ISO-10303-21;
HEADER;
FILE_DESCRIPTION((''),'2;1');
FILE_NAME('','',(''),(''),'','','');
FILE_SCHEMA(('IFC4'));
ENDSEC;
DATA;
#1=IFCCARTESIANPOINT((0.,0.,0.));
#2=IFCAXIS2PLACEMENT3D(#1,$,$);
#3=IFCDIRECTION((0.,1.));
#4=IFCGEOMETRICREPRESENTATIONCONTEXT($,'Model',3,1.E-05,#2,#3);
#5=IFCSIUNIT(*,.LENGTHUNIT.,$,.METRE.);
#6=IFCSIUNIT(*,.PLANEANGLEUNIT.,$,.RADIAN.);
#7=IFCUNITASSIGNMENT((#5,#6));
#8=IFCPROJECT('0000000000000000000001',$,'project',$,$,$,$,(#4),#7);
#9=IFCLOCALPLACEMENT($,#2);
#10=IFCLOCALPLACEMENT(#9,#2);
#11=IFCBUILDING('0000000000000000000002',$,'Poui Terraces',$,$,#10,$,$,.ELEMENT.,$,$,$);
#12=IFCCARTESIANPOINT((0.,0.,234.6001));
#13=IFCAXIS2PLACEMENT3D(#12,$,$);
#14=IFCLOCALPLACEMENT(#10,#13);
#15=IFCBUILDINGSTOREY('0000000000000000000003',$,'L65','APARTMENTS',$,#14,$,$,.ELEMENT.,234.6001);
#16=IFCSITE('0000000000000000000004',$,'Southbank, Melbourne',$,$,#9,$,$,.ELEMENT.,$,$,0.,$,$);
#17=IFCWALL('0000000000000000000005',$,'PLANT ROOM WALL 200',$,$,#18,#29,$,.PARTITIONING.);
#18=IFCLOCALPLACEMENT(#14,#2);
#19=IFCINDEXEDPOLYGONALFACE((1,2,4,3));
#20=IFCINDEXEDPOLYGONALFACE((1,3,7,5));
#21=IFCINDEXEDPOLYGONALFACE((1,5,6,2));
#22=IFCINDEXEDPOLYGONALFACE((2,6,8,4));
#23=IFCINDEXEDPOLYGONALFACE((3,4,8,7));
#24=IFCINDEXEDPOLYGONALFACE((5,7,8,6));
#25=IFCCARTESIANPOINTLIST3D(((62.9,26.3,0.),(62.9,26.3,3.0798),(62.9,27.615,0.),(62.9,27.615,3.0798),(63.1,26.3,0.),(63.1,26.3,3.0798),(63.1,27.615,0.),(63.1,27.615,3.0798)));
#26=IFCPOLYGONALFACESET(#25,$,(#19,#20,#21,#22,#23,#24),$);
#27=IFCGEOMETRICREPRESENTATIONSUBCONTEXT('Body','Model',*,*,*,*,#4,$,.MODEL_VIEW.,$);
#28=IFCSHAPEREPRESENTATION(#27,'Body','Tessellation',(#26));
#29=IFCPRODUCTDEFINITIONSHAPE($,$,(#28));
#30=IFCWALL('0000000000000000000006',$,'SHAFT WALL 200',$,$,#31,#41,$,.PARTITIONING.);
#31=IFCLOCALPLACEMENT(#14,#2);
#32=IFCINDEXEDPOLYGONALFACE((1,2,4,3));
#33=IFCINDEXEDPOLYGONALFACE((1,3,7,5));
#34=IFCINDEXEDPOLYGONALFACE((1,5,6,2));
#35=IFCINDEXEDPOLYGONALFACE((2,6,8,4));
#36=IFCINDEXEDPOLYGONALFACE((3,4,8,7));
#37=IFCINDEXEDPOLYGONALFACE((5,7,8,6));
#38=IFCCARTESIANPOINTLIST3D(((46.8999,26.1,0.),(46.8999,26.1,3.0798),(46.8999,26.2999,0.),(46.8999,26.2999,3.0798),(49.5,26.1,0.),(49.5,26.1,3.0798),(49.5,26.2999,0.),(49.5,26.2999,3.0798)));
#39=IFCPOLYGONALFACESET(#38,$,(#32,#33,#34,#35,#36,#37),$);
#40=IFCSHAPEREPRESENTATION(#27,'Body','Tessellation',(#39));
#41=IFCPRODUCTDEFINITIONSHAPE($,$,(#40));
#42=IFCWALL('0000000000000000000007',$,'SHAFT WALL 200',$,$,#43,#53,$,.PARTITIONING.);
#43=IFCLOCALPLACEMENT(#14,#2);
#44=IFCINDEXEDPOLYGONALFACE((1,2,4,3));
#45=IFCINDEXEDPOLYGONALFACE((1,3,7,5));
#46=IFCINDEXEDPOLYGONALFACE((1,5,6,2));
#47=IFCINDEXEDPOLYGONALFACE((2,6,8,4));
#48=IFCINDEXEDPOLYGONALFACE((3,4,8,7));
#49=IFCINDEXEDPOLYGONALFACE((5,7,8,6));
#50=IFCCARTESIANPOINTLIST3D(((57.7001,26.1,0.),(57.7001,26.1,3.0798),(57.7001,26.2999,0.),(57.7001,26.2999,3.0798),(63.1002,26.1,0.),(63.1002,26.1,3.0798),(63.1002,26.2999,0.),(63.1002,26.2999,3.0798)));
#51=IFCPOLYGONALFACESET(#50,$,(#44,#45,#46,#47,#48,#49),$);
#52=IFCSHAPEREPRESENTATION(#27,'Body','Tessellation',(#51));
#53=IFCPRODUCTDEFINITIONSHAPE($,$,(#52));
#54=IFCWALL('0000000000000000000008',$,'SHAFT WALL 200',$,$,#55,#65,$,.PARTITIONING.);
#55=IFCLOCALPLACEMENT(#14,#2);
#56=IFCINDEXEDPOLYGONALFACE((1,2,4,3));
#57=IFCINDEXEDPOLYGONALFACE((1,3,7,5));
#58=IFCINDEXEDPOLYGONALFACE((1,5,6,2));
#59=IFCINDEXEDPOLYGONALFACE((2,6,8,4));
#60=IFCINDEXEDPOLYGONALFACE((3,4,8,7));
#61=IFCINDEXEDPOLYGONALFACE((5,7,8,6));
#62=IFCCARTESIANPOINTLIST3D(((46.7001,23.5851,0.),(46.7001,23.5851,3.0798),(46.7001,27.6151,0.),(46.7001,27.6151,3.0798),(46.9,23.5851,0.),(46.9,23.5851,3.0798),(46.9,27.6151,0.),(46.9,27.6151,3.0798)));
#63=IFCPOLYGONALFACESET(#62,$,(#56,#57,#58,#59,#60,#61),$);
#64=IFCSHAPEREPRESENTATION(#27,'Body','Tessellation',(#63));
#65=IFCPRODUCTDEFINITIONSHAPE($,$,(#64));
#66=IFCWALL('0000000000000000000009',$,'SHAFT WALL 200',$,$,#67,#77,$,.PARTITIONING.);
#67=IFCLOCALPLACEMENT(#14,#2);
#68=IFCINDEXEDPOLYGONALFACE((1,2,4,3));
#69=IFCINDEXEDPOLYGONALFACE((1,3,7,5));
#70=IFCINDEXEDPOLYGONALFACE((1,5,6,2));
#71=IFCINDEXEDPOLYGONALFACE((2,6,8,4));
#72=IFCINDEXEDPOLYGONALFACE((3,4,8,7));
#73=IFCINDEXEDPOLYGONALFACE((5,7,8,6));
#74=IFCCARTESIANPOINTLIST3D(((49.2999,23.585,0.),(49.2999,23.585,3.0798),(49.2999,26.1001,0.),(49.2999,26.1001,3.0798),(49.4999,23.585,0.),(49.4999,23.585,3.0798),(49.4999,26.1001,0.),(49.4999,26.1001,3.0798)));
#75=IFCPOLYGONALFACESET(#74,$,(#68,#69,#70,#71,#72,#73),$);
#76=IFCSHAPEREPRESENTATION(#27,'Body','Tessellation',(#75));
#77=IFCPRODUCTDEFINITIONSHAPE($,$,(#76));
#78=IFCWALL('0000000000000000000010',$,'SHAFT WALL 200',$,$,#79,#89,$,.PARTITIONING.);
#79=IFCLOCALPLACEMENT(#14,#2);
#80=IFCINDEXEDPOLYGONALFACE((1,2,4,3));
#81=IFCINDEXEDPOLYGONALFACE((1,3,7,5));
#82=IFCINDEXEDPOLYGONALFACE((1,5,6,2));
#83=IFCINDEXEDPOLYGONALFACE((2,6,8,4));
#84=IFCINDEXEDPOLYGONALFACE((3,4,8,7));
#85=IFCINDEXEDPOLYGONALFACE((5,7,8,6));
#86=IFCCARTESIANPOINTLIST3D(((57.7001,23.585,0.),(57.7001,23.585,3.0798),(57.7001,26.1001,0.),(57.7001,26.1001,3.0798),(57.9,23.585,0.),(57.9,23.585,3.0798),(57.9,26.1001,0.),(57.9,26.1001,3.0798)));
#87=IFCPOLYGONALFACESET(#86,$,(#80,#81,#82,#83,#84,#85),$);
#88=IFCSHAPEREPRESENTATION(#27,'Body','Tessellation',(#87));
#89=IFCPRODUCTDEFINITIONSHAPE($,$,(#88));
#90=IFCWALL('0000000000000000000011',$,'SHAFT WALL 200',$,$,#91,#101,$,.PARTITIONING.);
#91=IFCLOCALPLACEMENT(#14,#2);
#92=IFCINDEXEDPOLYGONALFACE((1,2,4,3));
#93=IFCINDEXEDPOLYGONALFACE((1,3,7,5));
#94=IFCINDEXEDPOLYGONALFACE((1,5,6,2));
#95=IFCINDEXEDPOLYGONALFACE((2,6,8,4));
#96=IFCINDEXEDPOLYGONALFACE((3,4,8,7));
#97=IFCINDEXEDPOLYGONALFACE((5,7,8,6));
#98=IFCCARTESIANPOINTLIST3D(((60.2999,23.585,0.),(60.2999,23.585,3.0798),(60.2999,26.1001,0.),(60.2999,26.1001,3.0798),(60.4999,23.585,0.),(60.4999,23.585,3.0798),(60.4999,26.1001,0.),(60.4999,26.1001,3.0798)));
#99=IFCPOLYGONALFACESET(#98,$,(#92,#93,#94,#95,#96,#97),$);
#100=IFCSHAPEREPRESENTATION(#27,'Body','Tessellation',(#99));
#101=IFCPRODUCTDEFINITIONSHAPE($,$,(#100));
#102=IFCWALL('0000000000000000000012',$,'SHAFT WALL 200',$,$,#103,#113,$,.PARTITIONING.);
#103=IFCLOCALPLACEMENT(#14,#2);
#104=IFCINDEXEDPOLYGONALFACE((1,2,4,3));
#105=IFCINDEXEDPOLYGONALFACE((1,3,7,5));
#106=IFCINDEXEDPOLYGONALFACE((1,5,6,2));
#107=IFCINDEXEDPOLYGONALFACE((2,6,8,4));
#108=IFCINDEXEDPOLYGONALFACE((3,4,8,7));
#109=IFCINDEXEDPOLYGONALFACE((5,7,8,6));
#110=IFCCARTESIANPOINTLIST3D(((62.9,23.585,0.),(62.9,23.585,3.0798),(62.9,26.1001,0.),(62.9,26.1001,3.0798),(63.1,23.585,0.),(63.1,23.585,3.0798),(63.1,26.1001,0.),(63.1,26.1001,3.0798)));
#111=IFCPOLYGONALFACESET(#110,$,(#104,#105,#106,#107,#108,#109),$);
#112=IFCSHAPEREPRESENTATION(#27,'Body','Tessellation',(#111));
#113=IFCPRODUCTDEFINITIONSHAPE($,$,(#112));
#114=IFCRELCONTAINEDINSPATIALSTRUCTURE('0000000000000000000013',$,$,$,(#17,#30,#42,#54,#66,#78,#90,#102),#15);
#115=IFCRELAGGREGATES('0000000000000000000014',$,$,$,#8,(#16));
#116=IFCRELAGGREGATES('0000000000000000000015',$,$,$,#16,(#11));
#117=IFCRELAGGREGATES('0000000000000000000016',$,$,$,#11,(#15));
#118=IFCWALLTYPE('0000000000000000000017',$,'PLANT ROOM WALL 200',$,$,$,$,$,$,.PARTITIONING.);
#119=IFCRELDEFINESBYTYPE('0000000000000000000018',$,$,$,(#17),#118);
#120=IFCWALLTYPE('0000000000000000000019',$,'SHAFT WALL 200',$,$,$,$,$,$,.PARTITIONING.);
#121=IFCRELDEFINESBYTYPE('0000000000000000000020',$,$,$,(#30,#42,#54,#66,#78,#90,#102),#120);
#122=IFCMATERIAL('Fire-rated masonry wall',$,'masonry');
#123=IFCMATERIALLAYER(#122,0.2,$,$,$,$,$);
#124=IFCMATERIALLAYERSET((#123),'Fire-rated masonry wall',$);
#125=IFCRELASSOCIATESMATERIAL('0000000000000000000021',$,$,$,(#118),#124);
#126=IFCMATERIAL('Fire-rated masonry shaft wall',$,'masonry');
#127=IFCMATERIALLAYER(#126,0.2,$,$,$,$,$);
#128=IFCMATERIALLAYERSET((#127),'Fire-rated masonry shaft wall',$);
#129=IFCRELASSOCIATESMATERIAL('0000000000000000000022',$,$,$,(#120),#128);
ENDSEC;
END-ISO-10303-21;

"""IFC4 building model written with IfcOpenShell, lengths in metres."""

from ifc_helpers import new_model, si_unit, direction, frame, frame_2d, origin, place, context, subcontext, project, spatial, rectangle, extrude, material, layer, layer_set, type_object, element, save


model = new_model("IFC4")

# Units and contexts
model_context = context("Model", 3, precision=1e-05, world=origin(), true_north=direction((0.0, 1.0)))
body_context = subcontext(model_context, "Body", "Model", "MODEL_VIEW")
ifc_project = project(units=[si_unit("LENGTHUNIT", "METRE"), si_unit("PLANEANGLEUNIT", "RADIAN")], contexts=[model_context])

# Site, building, storey
site_placement = place(None, origin())
site = spatial("IfcSite", under=ifc_project, at=site_placement, Name="Southbank, Melbourne", CompositionType="ELEMENT", RefElevation=0.0)
building_placement = place(site_placement, origin())
building = spatial("IfcBuilding", under=site, at=building_placement, Name="Poui Terraces", CompositionType="ELEMENT")
storey_placement = place(building_placement, frame((0.0, 0.0, 234.6001)))
storey = spatial("IfcBuildingStorey", under=building, at=storey_placement, Name="L65", Description="APARTMENTS", CompositionType="ELEMENT", Elevation=234.6001)

# Walls
ifc_material_1 = material(Name="Fire-rated masonry wall", Category="masonry")
ifc_layer_1 = layer(ifc_material_1, 0.2)
ifc_layer_set_1 = layer_set([ifc_layer_1], Name="Fire-rated masonry wall")
wall_type_1 = type_object("IfcWallType", Name="PLANT ROOM WALL 200", PredefinedType="PARTITIONING", material=ifc_layer_set_1)
for number, where, z_axis, x_axis, name in (
    (1, (63.0, 26.3, 0.0), (0.0, 0.0, 1.0), (0.0, 1.0, 0.0), "PLANT ROOM WALL 200"),
):
    element("IfcWall", number, at=place(storey_placement, frame(where, z_axis=z_axis, x_axis=x_axis)), inside=storey, type_object=wall_type_1, Name=name, PredefinedType="PARTITIONING", context=body_context, shape_type="SweptSolid", body=[
        extrude(rectangle(XDim=1.3149, YDim=0.2, at=frame_2d((0.6575, 0.0))), origin(), (0.0, 0.0, 1.0), 3.0798),
    ])
ifc_material_2 = material(Name="Fire-rated masonry shaft wall", Category="masonry")
ifc_layer_2 = layer(ifc_material_2, 0.2)
ifc_layer_set_2 = layer_set([ifc_layer_2], Name="Fire-rated masonry shaft wall")
wall_type_2 = type_object("IfcWallType", Name="SHAFT WALL 200", PredefinedType="PARTITIONING", material=ifc_layer_set_2)
wall_1_placement = place(storey_placement, frame((46.8999, 26.2, 0.0), z_axis=(0.0, 0.0, 1.0), x_axis=(1.0, 0.0, 0.0)))
element("IfcWall", 2, at=wall_1_placement, inside=storey, type_object=wall_type_2, Name="SHAFT WALL 200", PredefinedType="PARTITIONING", context=body_context, shape_type="SweptSolid", body=[
    extrude(rectangle(XDim=2.6001, YDim=0.2, at=frame_2d((1.3, 0.0))), origin(), (0.0, 0.0, 1.0), 3.0798),
])
wall_2_placement = place(storey_placement, frame((57.7, 26.2, 0.0), z_axis=(0.0, 0.0, 1.0), x_axis=(1.0, 0.0, 0.0)))
element("IfcWall", 3, at=wall_2_placement, inside=storey, type_object=wall_type_2, Name="SHAFT WALL 200", PredefinedType="PARTITIONING", context=body_context, shape_type="SweptSolid", body=[
    extrude(rectangle(XDim=5.4001, YDim=0.2, at=frame_2d((2.7002, 0.0))), origin(), (0.0, 0.0, 1.0), 3.0798),
])
wall_3_placement = place(storey_placement, frame((46.8, 23.585, 0.0), z_axis=(0.0, 0.0, 1.0), x_axis=(0.0, 1.0, 0.0)))
element("IfcWall", 4, at=wall_3_placement, inside=storey, type_object=wall_type_2, Name="SHAFT WALL 200", PredefinedType="PARTITIONING", context=body_context, shape_type="SweptSolid", body=[
    extrude(rectangle(XDim=4.03, YDim=0.2, at=frame_2d((2.0151, 0.0))), origin(), (0.0, 0.0, 1.0), 3.0798),
])
for number, where, z_axis, x_axis, name in (
    (5, (49.3999, 23.585, 0.0), (0.0, 0.0, 1.0), (0.0, 1.0, 0.0), "SHAFT WALL 200"),
    (6, (57.8, 23.585, 0.0), (0.0, 0.0, 1.0), (0.0, 1.0, 0.0), "SHAFT WALL 200"),
    (7, (60.3999, 23.585, 0.0), (0.0, 0.0, 1.0), (0.0, 1.0, 0.0), "SHAFT WALL 200"),
    (8, (63.0, 23.585, 0.0), (0.0, 0.0, 1.0), (0.0, 1.0, 0.0), "SHAFT WALL 200"),
):
    element("IfcWall", number, at=place(storey_placement, frame(where, z_axis=z_axis, x_axis=x_axis)), inside=storey, type_object=wall_type_2, Name=name, PredefinedType="PARTITIONING", context=body_context, shape_type="SweptSolid", body=[
        extrude(rectangle(XDim=2.5151, YDim=0.2, at=frame_2d((1.2576, 0.0))), origin(), (0.0, 0.0, 1.0), 3.0798),
    ])

save(model, "model.ifc")
